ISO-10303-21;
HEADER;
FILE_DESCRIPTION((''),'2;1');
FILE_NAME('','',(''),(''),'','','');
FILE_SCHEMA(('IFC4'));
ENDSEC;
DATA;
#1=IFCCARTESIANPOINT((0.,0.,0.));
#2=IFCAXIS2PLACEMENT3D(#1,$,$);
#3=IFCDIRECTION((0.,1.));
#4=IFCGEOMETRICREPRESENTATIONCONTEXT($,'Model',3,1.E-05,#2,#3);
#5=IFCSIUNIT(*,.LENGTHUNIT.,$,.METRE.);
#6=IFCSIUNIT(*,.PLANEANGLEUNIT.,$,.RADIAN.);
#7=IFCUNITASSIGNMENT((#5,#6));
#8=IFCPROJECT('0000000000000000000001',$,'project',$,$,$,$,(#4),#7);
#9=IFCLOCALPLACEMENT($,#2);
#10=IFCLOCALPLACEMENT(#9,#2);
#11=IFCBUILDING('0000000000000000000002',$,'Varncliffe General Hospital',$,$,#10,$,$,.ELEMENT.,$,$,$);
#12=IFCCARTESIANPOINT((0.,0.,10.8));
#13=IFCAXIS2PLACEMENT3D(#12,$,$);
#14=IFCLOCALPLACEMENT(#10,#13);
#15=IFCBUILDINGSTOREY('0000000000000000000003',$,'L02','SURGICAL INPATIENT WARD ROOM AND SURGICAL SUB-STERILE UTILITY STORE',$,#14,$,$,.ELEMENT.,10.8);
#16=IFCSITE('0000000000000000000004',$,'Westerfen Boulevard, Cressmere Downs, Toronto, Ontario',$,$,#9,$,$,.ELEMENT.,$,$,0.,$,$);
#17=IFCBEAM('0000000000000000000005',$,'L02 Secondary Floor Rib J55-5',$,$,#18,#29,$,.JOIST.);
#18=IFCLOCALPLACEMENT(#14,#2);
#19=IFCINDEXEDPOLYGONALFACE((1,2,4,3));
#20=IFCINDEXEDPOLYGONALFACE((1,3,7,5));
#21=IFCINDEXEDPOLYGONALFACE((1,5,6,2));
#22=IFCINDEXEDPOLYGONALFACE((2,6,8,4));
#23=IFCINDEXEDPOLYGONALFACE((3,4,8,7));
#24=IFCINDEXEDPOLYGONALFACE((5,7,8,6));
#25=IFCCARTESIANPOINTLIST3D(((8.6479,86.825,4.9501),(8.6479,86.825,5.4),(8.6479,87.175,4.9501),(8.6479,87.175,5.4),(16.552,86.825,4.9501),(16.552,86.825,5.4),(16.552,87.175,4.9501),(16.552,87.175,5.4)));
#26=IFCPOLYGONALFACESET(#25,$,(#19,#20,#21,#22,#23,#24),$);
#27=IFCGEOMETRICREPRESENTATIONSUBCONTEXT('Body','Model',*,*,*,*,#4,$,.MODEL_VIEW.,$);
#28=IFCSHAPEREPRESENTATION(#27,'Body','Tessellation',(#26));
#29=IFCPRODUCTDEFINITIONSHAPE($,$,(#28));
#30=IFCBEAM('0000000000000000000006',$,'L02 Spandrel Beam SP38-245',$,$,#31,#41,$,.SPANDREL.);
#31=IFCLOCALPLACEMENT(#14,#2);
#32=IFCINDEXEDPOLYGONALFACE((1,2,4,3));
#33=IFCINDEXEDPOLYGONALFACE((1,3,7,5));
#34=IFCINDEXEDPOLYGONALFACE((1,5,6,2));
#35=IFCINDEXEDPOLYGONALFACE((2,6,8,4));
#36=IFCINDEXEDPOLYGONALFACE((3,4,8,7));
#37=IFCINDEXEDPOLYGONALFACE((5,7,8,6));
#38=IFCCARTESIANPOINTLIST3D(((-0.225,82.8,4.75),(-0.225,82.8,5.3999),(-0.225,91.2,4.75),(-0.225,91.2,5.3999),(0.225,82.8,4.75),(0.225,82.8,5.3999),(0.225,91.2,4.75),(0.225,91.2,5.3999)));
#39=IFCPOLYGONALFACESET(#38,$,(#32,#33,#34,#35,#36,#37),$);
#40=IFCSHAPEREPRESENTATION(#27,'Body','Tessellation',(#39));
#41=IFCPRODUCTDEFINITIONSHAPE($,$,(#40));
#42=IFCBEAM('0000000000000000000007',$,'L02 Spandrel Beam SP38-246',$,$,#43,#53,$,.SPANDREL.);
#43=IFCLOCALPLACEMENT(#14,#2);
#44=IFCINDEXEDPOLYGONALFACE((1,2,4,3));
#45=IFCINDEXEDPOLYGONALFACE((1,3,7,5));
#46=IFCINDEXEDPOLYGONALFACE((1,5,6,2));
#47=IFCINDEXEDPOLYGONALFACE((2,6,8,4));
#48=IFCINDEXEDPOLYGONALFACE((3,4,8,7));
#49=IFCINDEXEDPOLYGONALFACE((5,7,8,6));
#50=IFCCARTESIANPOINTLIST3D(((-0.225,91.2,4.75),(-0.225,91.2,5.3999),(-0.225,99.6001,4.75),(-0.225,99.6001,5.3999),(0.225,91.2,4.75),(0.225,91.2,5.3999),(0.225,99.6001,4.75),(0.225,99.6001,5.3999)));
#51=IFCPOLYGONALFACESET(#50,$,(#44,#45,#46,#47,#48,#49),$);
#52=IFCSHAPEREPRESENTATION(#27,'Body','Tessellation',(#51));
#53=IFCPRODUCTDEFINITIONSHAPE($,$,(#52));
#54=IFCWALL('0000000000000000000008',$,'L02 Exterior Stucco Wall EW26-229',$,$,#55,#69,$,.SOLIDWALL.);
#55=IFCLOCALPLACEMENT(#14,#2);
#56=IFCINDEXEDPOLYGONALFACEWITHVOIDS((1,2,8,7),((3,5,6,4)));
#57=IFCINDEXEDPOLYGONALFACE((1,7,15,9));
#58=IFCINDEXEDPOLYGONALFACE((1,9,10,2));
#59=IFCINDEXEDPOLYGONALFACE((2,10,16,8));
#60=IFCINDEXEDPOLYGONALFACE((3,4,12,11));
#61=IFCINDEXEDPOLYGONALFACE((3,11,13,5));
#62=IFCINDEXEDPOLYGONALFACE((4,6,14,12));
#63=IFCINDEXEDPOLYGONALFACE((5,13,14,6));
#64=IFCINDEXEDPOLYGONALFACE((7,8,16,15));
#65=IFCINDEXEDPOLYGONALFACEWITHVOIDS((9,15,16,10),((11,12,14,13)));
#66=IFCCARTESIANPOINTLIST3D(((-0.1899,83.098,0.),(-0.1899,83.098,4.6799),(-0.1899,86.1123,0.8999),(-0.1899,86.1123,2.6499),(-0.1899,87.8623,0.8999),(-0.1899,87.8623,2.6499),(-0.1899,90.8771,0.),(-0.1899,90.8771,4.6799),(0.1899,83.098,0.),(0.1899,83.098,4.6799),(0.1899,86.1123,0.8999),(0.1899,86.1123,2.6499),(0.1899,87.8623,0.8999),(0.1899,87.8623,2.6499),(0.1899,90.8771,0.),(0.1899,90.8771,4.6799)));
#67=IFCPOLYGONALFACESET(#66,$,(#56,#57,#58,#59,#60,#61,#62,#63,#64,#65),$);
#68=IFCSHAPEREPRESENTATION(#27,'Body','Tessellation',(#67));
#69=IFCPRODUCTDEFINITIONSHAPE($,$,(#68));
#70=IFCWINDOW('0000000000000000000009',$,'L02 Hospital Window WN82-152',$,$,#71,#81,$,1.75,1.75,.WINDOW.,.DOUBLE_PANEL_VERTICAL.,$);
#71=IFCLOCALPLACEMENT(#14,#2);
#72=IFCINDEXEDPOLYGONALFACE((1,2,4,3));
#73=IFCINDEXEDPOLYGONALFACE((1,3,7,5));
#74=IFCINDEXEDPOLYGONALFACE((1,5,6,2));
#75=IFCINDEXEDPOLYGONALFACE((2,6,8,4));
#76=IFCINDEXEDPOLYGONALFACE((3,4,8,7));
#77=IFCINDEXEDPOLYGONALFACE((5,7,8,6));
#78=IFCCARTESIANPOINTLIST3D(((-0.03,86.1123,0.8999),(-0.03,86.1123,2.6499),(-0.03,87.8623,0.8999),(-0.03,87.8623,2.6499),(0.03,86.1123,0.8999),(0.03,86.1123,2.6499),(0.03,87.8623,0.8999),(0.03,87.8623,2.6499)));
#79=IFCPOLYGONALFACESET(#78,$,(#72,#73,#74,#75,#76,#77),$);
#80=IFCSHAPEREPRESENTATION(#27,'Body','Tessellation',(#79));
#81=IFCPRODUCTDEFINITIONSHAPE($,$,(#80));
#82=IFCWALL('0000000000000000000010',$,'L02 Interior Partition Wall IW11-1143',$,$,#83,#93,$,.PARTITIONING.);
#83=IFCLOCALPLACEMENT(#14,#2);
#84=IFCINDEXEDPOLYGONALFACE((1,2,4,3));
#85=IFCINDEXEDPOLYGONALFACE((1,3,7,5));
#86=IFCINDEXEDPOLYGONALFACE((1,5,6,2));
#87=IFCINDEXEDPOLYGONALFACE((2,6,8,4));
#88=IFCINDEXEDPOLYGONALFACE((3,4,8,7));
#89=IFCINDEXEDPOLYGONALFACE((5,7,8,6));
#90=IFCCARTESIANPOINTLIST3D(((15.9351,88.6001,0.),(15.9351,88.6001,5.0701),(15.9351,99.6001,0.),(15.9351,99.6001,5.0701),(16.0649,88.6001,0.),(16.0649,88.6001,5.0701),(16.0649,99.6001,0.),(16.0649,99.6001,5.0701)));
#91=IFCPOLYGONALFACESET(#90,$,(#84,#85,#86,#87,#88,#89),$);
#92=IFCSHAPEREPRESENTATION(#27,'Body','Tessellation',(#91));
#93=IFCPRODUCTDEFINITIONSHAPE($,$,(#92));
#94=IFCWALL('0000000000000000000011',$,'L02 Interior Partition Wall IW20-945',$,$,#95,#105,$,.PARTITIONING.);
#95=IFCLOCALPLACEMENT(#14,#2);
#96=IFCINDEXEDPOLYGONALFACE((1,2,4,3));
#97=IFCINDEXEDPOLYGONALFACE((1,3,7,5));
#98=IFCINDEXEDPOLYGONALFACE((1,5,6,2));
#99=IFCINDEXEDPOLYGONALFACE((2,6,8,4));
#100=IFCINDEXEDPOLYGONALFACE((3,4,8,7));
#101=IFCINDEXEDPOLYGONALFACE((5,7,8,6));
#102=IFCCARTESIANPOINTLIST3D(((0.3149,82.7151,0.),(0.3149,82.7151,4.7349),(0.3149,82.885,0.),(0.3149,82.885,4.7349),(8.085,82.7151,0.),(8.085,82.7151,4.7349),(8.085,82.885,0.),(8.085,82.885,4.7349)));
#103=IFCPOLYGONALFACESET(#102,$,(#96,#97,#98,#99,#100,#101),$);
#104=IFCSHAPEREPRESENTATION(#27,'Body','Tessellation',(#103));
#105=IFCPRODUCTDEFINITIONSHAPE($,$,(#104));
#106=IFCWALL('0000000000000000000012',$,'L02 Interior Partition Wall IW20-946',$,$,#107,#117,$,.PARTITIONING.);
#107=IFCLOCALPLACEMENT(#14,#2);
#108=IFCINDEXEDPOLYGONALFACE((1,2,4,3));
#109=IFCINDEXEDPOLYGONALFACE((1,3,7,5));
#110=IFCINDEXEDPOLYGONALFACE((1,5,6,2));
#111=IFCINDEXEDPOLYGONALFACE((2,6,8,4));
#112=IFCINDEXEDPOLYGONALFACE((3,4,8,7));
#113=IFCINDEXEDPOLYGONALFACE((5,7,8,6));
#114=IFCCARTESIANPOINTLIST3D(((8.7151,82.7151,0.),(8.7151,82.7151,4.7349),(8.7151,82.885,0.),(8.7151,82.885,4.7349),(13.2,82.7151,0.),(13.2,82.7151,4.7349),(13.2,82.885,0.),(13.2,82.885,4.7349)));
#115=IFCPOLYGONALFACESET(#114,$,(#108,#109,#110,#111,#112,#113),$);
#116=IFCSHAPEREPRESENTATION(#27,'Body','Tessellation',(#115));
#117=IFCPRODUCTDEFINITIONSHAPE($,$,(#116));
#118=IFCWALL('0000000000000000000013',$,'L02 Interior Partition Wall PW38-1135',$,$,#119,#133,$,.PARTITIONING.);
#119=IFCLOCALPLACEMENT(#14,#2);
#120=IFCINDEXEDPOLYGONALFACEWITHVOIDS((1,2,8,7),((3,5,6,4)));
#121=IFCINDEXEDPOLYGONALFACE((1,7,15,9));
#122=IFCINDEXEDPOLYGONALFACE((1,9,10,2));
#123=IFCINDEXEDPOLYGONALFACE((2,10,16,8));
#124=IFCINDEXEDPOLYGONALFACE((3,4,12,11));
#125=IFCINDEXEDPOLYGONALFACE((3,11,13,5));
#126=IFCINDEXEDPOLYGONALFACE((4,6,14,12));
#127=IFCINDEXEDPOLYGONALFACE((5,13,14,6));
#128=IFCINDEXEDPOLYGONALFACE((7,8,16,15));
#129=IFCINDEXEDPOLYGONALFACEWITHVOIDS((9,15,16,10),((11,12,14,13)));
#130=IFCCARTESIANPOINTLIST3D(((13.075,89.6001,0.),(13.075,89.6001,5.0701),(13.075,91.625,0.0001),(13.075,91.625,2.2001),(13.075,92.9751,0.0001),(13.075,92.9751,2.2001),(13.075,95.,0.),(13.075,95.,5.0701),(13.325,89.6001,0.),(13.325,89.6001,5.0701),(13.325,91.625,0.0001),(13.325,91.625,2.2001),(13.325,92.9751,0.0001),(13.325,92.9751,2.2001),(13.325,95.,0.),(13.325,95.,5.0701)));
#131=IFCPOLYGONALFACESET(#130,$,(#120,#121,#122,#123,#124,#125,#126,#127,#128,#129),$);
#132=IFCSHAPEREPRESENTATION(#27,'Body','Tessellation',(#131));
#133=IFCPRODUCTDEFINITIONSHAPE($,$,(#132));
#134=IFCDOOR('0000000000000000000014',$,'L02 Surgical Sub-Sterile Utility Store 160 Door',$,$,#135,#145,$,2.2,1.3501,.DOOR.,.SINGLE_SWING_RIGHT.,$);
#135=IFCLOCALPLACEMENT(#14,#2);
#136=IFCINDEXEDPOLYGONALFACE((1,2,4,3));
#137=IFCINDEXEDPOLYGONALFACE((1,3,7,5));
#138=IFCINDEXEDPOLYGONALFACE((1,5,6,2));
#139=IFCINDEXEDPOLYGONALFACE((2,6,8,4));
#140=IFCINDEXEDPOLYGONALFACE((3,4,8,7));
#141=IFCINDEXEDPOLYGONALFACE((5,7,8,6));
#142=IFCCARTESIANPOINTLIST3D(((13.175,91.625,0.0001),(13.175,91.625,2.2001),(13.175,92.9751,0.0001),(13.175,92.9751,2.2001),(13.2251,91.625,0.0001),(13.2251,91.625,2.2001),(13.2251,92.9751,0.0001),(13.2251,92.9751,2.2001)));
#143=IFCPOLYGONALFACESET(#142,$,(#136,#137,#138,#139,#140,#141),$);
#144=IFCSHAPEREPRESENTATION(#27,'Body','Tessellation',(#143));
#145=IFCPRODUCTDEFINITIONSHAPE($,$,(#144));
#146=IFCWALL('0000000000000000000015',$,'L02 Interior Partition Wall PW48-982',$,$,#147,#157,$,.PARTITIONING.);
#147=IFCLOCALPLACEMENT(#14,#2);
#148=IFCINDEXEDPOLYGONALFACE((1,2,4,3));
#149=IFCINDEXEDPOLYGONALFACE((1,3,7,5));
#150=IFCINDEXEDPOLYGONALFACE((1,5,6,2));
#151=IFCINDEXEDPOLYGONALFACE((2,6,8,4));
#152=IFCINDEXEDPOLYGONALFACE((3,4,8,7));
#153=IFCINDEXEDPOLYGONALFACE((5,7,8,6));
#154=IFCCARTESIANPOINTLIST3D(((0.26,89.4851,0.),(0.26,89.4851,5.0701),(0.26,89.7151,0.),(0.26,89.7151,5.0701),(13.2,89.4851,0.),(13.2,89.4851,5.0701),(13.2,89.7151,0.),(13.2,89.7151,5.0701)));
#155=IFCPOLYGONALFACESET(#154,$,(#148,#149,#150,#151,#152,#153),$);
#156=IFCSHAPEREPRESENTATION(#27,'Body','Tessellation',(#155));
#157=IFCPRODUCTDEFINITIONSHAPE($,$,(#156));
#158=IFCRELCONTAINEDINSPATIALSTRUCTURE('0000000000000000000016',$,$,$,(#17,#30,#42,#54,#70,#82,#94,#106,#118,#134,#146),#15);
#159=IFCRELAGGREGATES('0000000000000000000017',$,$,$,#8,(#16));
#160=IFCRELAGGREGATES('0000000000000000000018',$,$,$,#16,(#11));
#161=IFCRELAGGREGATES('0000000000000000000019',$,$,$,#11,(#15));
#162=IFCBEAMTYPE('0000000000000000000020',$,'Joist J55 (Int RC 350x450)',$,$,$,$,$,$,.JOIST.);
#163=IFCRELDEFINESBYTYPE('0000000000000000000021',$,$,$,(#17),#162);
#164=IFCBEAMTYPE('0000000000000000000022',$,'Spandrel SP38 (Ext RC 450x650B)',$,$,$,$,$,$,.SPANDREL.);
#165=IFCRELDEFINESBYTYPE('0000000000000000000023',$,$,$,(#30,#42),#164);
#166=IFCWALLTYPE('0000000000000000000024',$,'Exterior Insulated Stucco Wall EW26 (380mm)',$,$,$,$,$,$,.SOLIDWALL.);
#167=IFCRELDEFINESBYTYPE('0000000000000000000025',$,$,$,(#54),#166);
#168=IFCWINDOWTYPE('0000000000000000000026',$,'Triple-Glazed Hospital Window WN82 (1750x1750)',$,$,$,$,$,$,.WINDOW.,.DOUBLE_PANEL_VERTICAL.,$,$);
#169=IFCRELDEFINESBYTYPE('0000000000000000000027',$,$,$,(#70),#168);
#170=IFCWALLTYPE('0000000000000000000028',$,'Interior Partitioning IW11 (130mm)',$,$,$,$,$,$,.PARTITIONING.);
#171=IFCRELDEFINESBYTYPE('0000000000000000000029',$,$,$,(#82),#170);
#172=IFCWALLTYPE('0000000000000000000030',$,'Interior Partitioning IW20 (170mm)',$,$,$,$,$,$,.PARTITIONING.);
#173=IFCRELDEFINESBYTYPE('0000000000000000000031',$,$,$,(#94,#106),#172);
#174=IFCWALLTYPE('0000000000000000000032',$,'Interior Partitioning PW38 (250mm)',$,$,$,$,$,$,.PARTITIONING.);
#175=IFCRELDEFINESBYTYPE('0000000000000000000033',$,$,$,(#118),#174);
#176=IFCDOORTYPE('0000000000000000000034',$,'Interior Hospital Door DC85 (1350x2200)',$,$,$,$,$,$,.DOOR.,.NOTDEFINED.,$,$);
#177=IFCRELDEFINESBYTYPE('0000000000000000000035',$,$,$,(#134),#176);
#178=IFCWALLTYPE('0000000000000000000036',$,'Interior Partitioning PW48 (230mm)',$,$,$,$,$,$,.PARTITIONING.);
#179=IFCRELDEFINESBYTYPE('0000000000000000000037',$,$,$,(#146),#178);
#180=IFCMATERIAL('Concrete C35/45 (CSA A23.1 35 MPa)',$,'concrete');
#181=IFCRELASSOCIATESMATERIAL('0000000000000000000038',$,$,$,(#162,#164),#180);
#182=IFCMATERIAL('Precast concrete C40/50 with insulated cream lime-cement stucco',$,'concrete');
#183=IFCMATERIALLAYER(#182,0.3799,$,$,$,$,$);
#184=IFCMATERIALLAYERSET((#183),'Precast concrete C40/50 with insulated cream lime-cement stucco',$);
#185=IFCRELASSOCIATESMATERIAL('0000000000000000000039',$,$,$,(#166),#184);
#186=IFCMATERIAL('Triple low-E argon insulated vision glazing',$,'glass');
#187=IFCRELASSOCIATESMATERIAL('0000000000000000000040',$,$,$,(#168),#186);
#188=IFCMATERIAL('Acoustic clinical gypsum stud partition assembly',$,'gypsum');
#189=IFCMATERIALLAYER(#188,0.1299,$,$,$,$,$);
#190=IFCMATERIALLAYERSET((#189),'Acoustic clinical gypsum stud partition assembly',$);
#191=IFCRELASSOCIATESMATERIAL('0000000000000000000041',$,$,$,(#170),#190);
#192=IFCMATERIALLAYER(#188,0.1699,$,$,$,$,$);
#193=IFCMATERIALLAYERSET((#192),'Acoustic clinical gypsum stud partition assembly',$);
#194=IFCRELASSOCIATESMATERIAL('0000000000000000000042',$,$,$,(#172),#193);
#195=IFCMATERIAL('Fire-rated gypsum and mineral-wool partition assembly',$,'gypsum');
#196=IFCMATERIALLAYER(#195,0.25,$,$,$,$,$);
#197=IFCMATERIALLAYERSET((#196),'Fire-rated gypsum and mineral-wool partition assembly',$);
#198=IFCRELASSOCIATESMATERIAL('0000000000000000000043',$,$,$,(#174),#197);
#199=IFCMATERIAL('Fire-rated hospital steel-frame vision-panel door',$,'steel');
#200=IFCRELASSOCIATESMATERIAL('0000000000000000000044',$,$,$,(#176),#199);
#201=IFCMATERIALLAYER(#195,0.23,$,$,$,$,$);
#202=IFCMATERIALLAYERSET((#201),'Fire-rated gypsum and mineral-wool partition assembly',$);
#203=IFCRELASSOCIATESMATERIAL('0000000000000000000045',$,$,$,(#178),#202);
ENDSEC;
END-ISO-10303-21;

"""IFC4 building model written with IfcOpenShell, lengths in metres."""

from ifc_helpers import new_model, si_unit, direction, frame, frame_2d, origin, origin_2d, place, context, subcontext, project, spatial, rectangle, extrude, material, layer, layer_set, material_profile, profile_set, type_object, element, fill, save


model = new_model("IFC4")

# Units and contexts
model_context = context("Model", 3, precision=1e-05, world=origin(), true_north=direction((0.0, 1.0)))
body_context = subcontext(model_context, "Body", "Model", "MODEL_VIEW")
ifc_project = project(units=[si_unit("LENGTHUNIT", "METRE"), si_unit("PLANEANGLEUNIT", "RADIAN")], contexts=[model_context])

# Site, building, storey
site_placement = place(None, origin())
site = spatial("IfcSite", under=ifc_project, at=site_placement, Name="Westerfen Boulevard, Cressmere Downs, Toronto, Ontario", CompositionType="ELEMENT", RefElevation=0.0)
building_placement = place(site_placement, origin())
building = spatial("IfcBuilding", under=site, at=building_placement, Name="Varncliffe General Hospital", CompositionType="ELEMENT")
storey_placement = place(building_placement, frame((0.0, 0.0, 10.8)))
storey = spatial("IfcBuildingStorey", under=building, at=storey_placement, Name="L02", Description="SURGICAL INPATIENT WARD ROOM AND SURGICAL SUB-STERILE UTILITY STORE", CompositionType="ELEMENT", Elevation=10.8)

# Beams
ifc_material_1 = material(Name="Concrete C35/45 (CSA A23.1 35 MPa)", Category="concrete")
ifc_material_profile_1 = material_profile(ifc_material_1, rectangle(XDim=0.3501, YDim=0.45, at=origin_2d()), Name="RC 350x450")
ifc_profile_set_1 = profile_set([ifc_material_profile_1], Name="Concrete C35/45 (CSA A23.1 35 MPa)")
beam_type_1 = type_object("IfcBeamType", Name="Joist J55 (Int RC 350x450)", PredefinedType="JOIST", material=ifc_profile_set_1)
beam_1_placement = place(storey_placement, frame((8.6479, 87.0, 5.175), z_axis=(1.0, 0.0, 0.0), x_axis=(0.0, 1.0, 0.0)))
element("IfcBeam", 1, at=beam_1_placement, inside=storey, type_object=beam_type_1, Name="L02 Secondary Floor Rib J55-5", PredefinedType="JOIST", context=body_context, shape_type="SweptSolid", body=[
    extrude(rectangle(XDim=0.3501, YDim=0.45, at=origin_2d()), origin(), (0.0, 0.0, 1.0), 7.9041),
])
ifc_material_profile_2 = material_profile(ifc_material_1, rectangle(XDim=0.45, YDim=0.6499, at=origin_2d()), Name="RC 450x650")
ifc_profile_set_2 = profile_set([ifc_material_profile_2], Name="Concrete C35/45 (CSA A23.1 35 MPa)")
beam_type_2 = type_object("IfcBeamType", Name="Spandrel SP38 (Ext RC 450x650B)", PredefinedType="SPANDREL", material=ifc_profile_set_2)
beam_2_placement = place(storey_placement, frame((0.0, 82.8, 5.075), z_axis=(0.0, 1.0, 0.0), x_axis=(-1.0, 0.0, 0.0)))
element("IfcBeam", 2, at=beam_2_placement, inside=storey, type_object=beam_type_2, Name="L02 Spandrel Beam SP38-245", PredefinedType="SPANDREL", context=body_context, shape_type="SweptSolid", body=[
    extrude(rectangle(XDim=0.45, YDim=0.6499, at=origin_2d()), origin(), (0.0, 0.0, 1.0), 8.3999),
])
beam_3_placement = place(storey_placement, frame((0.0, 91.2, 5.075), z_axis=(0.0, 1.0, 0.0), x_axis=(-1.0, 0.0, 0.0)))
element("IfcBeam", 3, at=beam_3_placement, inside=storey, type_object=beam_type_2, Name="L02 Spandrel Beam SP38-246", PredefinedType="SPANDREL", context=body_context, shape_type="SweptSolid", body=[
    extrude(rectangle(XDim=0.45, YDim=0.6499, at=origin_2d()), origin(), (0.0, 0.0, 1.0), 8.4001),
])

# Wall, opening, window
ifc_material_2 = material(Name="Precast concrete C40/50 with insulated cream lime-cement stucco", Category="concrete")
ifc_layer_1 = layer(ifc_material_2, 0.3799)
ifc_layer_set_1 = layer_set([ifc_layer_1], Name="Precast concrete C40/50 with insulated cream lime-cement stucco")
wall_type_1 = type_object("IfcWallType", Name="Exterior Insulated Stucco Wall EW26 (380mm)", PredefinedType="SOLIDWALL", material=ifc_layer_set_1)
wall_1_placement = place(storey_placement, frame((0.0, 83.0979, 0.0), z_axis=(0.0, 0.0, 1.0), x_axis=(0.0, 1.0, 0.0)))
wall_1 = element("IfcWall", 4, at=wall_1_placement, inside=storey, type_object=wall_type_1, Name="L02 Exterior Stucco Wall EW26-229", PredefinedType="SOLIDWALL", context=body_context, shape_type="SweptSolid", body=[
    extrude(rectangle(XDim=7.7791, YDim=0.3799, at=frame_2d((3.8896, 0.0))), origin(), (0.0, 0.0, 1.0), 4.6799),
])
opening_1_placement = place(wall_1_placement, frame((3.0144, 0.0, 0.8999)))
opening_1 = element("IfcOpeningElement", 5, at=opening_1_placement, cuts=wall_1, PredefinedType="OPENING", context=body_context, shape_type="SweptSolid", body=[
    extrude(rectangle(XDim=1.75, YDim=1.75, at=frame_2d((0.875, 0.875))), frame((0.0, 0.2, 0.0), z_axis=(0.0, -1.0, 0.0), x_axis=(1.0, 0.0, 0.0)), (0.0, 0.0, 1.0), 0.3999),
])
ifc_material_3 = material(Name="Triple low-E argon insulated vision glazing", Category="glass")
window_type = type_object("IfcWindowType", Name="Triple-Glazed Hospital Window WN82 (1750x1750)", PartitioningType="DOUBLE_PANEL_VERTICAL", PredefinedType="WINDOW", material=ifc_material_3)
window_placement = place(opening_1_placement, origin())
window = element("IfcWindow", 6, at=window_placement, inside=storey, type_object=window_type, Name="L02 Hospital Window WN82-152", OverallHeight=1.75, OverallWidth=1.75, PartitioningType="DOUBLE_PANEL_VERTICAL", PredefinedType="WINDOW", context=body_context, shape_type="SweptSolid", body=[
    extrude(rectangle(XDim=1.75, YDim=1.75, at=frame_2d((0.875, 0.875))), frame((0.0, 0.03, 0.0), z_axis=(0.0, -1.0, 0.0), x_axis=(1.0, 0.0, 0.0)), (0.0, 0.0, 1.0), 0.0601),
])
fill(opening_1, window)

# Walls
ifc_material_4 = material(Name="Acoustic clinical gypsum stud partition assembly", Category="gypsum")
ifc_layer_2 = layer(ifc_material_4, 0.1299)
ifc_layer_set_2 = layer_set([ifc_layer_2], Name="Acoustic clinical gypsum stud partition assembly")
wall_type_2 = type_object("IfcWallType", Name="Interior Partitioning IW11 (130mm)", PredefinedType="PARTITIONING", material=ifc_layer_set_2)
wall_2_placement = place(storey_placement, frame((16.0, 88.6001, 0.0), z_axis=(0.0, 0.0, 1.0), x_axis=(0.0, 1.0, 0.0)))
element("IfcWall", 7, at=wall_2_placement, inside=storey, type_object=wall_type_2, Name="L02 Interior Partition Wall IW11-1143", PredefinedType="PARTITIONING", context=body_context, shape_type="SweptSolid", body=[
    extrude(rectangle(XDim=11.0, YDim=0.1299, at=frame_2d((5.5, 0.0))), origin(), (0.0, 0.0, 1.0), 5.0701),
])
ifc_layer_3 = layer(ifc_material_4, 0.1699)
ifc_layer_set_3 = layer_set([ifc_layer_3], Name="Acoustic clinical gypsum stud partition assembly")
wall_type_3 = type_object("IfcWallType", Name="Interior Partitioning IW20 (170mm)", PredefinedType="PARTITIONING", material=ifc_layer_set_3)
wall_3_placement = place(storey_placement, frame((0.3149, 82.8, 0.0), z_axis=(0.0, 0.0, 1.0), x_axis=(1.0, 0.0, 0.0)))
element("IfcWall", 8, at=wall_3_placement, inside=storey, type_object=wall_type_3, Name="L02 Interior Partition Wall IW20-945", PredefinedType="PARTITIONING", context=body_context, shape_type="SweptSolid", body=[
    extrude(rectangle(XDim=7.77, YDim=0.1699, at=frame_2d((3.885, 0.0))), origin(), (0.0, 0.0, 1.0), 4.7349),
])
wall_4_placement = place(storey_placement, frame((8.7151, 82.8, 0.0), z_axis=(0.0, 0.0, 1.0), x_axis=(1.0, 0.0, 0.0)))
element("IfcWall", 9, at=wall_4_placement, inside=storey, type_object=wall_type_3, Name="L02 Interior Partition Wall IW20-946", PredefinedType="PARTITIONING", context=body_context, shape_type="SweptSolid", body=[
    extrude(rectangle(XDim=4.4849, YDim=0.1699, at=frame_2d((2.2424, 0.0))), origin(), (0.0, 0.0, 1.0), 4.7349),
])

# Wall, opening, door
ifc_material_5 = material(Name="Fire-rated gypsum and mineral-wool partition assembly", Category="gypsum")
ifc_layer_4 = layer(ifc_material_5, 0.25)
ifc_layer_set_4 = layer_set([ifc_layer_4], Name="Fire-rated gypsum and mineral-wool partition assembly")
wall_type_4 = type_object("IfcWallType", Name="Interior Partitioning PW38 (250mm)", PredefinedType="PARTITIONING", material=ifc_layer_set_4)
wall_5_placement = place(storey_placement, frame((13.2, 89.6001, 0.0), z_axis=(0.0, 0.0, 1.0), x_axis=(0.0, 1.0, 0.0)))
wall_5 = element("IfcWall", 10, at=wall_5_placement, inside=storey, type_object=wall_type_4, Name="L02 Interior Partition Wall PW38-1135", PredefinedType="PARTITIONING", context=body_context, shape_type="SweptSolid", body=[
    extrude(rectangle(XDim=5.3999, YDim=0.25, at=frame_2d((2.7, 0.0))), origin(), (0.0, 0.0, 1.0), 5.0701),
])
opening_2_placement = place(wall_5_placement, frame((2.0249, 0.0, 0.0)))
opening_2 = element("IfcOpeningElement", 11, at=opening_2_placement, cuts=wall_5, PredefinedType="OPENING", context=body_context, shape_type="SweptSolid", body=[
    extrude(rectangle(XDim=1.3501, YDim=2.2, at=frame_2d((0.675, 1.1001))), frame((0.0, 0.135, 0.0), z_axis=(0.0, -1.0, 0.0), x_axis=(1.0, 0.0, 0.0)), (0.0, 0.0, 1.0), 0.27),
])
ifc_material_6 = material(Name="Fire-rated hospital steel-frame vision-panel door", Category="steel")
door_type_1 = type_object("IfcDoorType", Name="Interior Hospital Door DC85 (1350x2200)", OperationType="NOTDEFINED", PredefinedType="DOOR", material=ifc_material_6)
door_1_placement = place(opening_2_placement, origin())
door_1 = element("IfcDoor", 12, at=door_1_placement, inside=storey, type_object=door_type_1, Name="L02 Surgical Sub-Sterile Utility Store 160 Door", OperationType="SINGLE_SWING_RIGHT", OverallHeight=2.2, OverallWidth=1.3501, PredefinedType="DOOR", context=body_context, shape_type="SweptSolid", body=[
    extrude(rectangle(XDim=1.3501, YDim=2.2, at=frame_2d((0.675, 1.1001))), frame((0.0, 0.0249, 0.0), z_axis=(0.0, -1.0, 0.0), x_axis=(1.0, 0.0, 0.0)), (0.0, 0.0, 1.0), 0.05),
])
fill(opening_2, door_1)

# Wall
ifc_layer_5 = layer(ifc_material_5, 0.23)
ifc_layer_set_5 = layer_set([ifc_layer_5], Name="Fire-rated gypsum and mineral-wool partition assembly")
wall_type_5 = type_object("IfcWallType", Name="Interior Partitioning PW48 (230mm)", PredefinedType="PARTITIONING", material=ifc_layer_set_5)
wall_6_placement = place(storey_placement, frame((0.26, 89.6001, 0.0), z_axis=(0.0, 0.0, 1.0), x_axis=(1.0, 0.0, 0.0)))
element("IfcWall", 13, at=wall_6_placement, inside=storey, type_object=wall_type_5, Name="L02 Interior Partition Wall PW48-982", PredefinedType="PARTITIONING", context=body_context, shape_type="SweptSolid", body=[
    extrude(rectangle(XDim=12.9399, YDim=0.23, at=frame_2d((6.47, 0.0))), origin(), (0.0, 0.0, 1.0), 5.0701),
])

save(model, "model.ifc")
